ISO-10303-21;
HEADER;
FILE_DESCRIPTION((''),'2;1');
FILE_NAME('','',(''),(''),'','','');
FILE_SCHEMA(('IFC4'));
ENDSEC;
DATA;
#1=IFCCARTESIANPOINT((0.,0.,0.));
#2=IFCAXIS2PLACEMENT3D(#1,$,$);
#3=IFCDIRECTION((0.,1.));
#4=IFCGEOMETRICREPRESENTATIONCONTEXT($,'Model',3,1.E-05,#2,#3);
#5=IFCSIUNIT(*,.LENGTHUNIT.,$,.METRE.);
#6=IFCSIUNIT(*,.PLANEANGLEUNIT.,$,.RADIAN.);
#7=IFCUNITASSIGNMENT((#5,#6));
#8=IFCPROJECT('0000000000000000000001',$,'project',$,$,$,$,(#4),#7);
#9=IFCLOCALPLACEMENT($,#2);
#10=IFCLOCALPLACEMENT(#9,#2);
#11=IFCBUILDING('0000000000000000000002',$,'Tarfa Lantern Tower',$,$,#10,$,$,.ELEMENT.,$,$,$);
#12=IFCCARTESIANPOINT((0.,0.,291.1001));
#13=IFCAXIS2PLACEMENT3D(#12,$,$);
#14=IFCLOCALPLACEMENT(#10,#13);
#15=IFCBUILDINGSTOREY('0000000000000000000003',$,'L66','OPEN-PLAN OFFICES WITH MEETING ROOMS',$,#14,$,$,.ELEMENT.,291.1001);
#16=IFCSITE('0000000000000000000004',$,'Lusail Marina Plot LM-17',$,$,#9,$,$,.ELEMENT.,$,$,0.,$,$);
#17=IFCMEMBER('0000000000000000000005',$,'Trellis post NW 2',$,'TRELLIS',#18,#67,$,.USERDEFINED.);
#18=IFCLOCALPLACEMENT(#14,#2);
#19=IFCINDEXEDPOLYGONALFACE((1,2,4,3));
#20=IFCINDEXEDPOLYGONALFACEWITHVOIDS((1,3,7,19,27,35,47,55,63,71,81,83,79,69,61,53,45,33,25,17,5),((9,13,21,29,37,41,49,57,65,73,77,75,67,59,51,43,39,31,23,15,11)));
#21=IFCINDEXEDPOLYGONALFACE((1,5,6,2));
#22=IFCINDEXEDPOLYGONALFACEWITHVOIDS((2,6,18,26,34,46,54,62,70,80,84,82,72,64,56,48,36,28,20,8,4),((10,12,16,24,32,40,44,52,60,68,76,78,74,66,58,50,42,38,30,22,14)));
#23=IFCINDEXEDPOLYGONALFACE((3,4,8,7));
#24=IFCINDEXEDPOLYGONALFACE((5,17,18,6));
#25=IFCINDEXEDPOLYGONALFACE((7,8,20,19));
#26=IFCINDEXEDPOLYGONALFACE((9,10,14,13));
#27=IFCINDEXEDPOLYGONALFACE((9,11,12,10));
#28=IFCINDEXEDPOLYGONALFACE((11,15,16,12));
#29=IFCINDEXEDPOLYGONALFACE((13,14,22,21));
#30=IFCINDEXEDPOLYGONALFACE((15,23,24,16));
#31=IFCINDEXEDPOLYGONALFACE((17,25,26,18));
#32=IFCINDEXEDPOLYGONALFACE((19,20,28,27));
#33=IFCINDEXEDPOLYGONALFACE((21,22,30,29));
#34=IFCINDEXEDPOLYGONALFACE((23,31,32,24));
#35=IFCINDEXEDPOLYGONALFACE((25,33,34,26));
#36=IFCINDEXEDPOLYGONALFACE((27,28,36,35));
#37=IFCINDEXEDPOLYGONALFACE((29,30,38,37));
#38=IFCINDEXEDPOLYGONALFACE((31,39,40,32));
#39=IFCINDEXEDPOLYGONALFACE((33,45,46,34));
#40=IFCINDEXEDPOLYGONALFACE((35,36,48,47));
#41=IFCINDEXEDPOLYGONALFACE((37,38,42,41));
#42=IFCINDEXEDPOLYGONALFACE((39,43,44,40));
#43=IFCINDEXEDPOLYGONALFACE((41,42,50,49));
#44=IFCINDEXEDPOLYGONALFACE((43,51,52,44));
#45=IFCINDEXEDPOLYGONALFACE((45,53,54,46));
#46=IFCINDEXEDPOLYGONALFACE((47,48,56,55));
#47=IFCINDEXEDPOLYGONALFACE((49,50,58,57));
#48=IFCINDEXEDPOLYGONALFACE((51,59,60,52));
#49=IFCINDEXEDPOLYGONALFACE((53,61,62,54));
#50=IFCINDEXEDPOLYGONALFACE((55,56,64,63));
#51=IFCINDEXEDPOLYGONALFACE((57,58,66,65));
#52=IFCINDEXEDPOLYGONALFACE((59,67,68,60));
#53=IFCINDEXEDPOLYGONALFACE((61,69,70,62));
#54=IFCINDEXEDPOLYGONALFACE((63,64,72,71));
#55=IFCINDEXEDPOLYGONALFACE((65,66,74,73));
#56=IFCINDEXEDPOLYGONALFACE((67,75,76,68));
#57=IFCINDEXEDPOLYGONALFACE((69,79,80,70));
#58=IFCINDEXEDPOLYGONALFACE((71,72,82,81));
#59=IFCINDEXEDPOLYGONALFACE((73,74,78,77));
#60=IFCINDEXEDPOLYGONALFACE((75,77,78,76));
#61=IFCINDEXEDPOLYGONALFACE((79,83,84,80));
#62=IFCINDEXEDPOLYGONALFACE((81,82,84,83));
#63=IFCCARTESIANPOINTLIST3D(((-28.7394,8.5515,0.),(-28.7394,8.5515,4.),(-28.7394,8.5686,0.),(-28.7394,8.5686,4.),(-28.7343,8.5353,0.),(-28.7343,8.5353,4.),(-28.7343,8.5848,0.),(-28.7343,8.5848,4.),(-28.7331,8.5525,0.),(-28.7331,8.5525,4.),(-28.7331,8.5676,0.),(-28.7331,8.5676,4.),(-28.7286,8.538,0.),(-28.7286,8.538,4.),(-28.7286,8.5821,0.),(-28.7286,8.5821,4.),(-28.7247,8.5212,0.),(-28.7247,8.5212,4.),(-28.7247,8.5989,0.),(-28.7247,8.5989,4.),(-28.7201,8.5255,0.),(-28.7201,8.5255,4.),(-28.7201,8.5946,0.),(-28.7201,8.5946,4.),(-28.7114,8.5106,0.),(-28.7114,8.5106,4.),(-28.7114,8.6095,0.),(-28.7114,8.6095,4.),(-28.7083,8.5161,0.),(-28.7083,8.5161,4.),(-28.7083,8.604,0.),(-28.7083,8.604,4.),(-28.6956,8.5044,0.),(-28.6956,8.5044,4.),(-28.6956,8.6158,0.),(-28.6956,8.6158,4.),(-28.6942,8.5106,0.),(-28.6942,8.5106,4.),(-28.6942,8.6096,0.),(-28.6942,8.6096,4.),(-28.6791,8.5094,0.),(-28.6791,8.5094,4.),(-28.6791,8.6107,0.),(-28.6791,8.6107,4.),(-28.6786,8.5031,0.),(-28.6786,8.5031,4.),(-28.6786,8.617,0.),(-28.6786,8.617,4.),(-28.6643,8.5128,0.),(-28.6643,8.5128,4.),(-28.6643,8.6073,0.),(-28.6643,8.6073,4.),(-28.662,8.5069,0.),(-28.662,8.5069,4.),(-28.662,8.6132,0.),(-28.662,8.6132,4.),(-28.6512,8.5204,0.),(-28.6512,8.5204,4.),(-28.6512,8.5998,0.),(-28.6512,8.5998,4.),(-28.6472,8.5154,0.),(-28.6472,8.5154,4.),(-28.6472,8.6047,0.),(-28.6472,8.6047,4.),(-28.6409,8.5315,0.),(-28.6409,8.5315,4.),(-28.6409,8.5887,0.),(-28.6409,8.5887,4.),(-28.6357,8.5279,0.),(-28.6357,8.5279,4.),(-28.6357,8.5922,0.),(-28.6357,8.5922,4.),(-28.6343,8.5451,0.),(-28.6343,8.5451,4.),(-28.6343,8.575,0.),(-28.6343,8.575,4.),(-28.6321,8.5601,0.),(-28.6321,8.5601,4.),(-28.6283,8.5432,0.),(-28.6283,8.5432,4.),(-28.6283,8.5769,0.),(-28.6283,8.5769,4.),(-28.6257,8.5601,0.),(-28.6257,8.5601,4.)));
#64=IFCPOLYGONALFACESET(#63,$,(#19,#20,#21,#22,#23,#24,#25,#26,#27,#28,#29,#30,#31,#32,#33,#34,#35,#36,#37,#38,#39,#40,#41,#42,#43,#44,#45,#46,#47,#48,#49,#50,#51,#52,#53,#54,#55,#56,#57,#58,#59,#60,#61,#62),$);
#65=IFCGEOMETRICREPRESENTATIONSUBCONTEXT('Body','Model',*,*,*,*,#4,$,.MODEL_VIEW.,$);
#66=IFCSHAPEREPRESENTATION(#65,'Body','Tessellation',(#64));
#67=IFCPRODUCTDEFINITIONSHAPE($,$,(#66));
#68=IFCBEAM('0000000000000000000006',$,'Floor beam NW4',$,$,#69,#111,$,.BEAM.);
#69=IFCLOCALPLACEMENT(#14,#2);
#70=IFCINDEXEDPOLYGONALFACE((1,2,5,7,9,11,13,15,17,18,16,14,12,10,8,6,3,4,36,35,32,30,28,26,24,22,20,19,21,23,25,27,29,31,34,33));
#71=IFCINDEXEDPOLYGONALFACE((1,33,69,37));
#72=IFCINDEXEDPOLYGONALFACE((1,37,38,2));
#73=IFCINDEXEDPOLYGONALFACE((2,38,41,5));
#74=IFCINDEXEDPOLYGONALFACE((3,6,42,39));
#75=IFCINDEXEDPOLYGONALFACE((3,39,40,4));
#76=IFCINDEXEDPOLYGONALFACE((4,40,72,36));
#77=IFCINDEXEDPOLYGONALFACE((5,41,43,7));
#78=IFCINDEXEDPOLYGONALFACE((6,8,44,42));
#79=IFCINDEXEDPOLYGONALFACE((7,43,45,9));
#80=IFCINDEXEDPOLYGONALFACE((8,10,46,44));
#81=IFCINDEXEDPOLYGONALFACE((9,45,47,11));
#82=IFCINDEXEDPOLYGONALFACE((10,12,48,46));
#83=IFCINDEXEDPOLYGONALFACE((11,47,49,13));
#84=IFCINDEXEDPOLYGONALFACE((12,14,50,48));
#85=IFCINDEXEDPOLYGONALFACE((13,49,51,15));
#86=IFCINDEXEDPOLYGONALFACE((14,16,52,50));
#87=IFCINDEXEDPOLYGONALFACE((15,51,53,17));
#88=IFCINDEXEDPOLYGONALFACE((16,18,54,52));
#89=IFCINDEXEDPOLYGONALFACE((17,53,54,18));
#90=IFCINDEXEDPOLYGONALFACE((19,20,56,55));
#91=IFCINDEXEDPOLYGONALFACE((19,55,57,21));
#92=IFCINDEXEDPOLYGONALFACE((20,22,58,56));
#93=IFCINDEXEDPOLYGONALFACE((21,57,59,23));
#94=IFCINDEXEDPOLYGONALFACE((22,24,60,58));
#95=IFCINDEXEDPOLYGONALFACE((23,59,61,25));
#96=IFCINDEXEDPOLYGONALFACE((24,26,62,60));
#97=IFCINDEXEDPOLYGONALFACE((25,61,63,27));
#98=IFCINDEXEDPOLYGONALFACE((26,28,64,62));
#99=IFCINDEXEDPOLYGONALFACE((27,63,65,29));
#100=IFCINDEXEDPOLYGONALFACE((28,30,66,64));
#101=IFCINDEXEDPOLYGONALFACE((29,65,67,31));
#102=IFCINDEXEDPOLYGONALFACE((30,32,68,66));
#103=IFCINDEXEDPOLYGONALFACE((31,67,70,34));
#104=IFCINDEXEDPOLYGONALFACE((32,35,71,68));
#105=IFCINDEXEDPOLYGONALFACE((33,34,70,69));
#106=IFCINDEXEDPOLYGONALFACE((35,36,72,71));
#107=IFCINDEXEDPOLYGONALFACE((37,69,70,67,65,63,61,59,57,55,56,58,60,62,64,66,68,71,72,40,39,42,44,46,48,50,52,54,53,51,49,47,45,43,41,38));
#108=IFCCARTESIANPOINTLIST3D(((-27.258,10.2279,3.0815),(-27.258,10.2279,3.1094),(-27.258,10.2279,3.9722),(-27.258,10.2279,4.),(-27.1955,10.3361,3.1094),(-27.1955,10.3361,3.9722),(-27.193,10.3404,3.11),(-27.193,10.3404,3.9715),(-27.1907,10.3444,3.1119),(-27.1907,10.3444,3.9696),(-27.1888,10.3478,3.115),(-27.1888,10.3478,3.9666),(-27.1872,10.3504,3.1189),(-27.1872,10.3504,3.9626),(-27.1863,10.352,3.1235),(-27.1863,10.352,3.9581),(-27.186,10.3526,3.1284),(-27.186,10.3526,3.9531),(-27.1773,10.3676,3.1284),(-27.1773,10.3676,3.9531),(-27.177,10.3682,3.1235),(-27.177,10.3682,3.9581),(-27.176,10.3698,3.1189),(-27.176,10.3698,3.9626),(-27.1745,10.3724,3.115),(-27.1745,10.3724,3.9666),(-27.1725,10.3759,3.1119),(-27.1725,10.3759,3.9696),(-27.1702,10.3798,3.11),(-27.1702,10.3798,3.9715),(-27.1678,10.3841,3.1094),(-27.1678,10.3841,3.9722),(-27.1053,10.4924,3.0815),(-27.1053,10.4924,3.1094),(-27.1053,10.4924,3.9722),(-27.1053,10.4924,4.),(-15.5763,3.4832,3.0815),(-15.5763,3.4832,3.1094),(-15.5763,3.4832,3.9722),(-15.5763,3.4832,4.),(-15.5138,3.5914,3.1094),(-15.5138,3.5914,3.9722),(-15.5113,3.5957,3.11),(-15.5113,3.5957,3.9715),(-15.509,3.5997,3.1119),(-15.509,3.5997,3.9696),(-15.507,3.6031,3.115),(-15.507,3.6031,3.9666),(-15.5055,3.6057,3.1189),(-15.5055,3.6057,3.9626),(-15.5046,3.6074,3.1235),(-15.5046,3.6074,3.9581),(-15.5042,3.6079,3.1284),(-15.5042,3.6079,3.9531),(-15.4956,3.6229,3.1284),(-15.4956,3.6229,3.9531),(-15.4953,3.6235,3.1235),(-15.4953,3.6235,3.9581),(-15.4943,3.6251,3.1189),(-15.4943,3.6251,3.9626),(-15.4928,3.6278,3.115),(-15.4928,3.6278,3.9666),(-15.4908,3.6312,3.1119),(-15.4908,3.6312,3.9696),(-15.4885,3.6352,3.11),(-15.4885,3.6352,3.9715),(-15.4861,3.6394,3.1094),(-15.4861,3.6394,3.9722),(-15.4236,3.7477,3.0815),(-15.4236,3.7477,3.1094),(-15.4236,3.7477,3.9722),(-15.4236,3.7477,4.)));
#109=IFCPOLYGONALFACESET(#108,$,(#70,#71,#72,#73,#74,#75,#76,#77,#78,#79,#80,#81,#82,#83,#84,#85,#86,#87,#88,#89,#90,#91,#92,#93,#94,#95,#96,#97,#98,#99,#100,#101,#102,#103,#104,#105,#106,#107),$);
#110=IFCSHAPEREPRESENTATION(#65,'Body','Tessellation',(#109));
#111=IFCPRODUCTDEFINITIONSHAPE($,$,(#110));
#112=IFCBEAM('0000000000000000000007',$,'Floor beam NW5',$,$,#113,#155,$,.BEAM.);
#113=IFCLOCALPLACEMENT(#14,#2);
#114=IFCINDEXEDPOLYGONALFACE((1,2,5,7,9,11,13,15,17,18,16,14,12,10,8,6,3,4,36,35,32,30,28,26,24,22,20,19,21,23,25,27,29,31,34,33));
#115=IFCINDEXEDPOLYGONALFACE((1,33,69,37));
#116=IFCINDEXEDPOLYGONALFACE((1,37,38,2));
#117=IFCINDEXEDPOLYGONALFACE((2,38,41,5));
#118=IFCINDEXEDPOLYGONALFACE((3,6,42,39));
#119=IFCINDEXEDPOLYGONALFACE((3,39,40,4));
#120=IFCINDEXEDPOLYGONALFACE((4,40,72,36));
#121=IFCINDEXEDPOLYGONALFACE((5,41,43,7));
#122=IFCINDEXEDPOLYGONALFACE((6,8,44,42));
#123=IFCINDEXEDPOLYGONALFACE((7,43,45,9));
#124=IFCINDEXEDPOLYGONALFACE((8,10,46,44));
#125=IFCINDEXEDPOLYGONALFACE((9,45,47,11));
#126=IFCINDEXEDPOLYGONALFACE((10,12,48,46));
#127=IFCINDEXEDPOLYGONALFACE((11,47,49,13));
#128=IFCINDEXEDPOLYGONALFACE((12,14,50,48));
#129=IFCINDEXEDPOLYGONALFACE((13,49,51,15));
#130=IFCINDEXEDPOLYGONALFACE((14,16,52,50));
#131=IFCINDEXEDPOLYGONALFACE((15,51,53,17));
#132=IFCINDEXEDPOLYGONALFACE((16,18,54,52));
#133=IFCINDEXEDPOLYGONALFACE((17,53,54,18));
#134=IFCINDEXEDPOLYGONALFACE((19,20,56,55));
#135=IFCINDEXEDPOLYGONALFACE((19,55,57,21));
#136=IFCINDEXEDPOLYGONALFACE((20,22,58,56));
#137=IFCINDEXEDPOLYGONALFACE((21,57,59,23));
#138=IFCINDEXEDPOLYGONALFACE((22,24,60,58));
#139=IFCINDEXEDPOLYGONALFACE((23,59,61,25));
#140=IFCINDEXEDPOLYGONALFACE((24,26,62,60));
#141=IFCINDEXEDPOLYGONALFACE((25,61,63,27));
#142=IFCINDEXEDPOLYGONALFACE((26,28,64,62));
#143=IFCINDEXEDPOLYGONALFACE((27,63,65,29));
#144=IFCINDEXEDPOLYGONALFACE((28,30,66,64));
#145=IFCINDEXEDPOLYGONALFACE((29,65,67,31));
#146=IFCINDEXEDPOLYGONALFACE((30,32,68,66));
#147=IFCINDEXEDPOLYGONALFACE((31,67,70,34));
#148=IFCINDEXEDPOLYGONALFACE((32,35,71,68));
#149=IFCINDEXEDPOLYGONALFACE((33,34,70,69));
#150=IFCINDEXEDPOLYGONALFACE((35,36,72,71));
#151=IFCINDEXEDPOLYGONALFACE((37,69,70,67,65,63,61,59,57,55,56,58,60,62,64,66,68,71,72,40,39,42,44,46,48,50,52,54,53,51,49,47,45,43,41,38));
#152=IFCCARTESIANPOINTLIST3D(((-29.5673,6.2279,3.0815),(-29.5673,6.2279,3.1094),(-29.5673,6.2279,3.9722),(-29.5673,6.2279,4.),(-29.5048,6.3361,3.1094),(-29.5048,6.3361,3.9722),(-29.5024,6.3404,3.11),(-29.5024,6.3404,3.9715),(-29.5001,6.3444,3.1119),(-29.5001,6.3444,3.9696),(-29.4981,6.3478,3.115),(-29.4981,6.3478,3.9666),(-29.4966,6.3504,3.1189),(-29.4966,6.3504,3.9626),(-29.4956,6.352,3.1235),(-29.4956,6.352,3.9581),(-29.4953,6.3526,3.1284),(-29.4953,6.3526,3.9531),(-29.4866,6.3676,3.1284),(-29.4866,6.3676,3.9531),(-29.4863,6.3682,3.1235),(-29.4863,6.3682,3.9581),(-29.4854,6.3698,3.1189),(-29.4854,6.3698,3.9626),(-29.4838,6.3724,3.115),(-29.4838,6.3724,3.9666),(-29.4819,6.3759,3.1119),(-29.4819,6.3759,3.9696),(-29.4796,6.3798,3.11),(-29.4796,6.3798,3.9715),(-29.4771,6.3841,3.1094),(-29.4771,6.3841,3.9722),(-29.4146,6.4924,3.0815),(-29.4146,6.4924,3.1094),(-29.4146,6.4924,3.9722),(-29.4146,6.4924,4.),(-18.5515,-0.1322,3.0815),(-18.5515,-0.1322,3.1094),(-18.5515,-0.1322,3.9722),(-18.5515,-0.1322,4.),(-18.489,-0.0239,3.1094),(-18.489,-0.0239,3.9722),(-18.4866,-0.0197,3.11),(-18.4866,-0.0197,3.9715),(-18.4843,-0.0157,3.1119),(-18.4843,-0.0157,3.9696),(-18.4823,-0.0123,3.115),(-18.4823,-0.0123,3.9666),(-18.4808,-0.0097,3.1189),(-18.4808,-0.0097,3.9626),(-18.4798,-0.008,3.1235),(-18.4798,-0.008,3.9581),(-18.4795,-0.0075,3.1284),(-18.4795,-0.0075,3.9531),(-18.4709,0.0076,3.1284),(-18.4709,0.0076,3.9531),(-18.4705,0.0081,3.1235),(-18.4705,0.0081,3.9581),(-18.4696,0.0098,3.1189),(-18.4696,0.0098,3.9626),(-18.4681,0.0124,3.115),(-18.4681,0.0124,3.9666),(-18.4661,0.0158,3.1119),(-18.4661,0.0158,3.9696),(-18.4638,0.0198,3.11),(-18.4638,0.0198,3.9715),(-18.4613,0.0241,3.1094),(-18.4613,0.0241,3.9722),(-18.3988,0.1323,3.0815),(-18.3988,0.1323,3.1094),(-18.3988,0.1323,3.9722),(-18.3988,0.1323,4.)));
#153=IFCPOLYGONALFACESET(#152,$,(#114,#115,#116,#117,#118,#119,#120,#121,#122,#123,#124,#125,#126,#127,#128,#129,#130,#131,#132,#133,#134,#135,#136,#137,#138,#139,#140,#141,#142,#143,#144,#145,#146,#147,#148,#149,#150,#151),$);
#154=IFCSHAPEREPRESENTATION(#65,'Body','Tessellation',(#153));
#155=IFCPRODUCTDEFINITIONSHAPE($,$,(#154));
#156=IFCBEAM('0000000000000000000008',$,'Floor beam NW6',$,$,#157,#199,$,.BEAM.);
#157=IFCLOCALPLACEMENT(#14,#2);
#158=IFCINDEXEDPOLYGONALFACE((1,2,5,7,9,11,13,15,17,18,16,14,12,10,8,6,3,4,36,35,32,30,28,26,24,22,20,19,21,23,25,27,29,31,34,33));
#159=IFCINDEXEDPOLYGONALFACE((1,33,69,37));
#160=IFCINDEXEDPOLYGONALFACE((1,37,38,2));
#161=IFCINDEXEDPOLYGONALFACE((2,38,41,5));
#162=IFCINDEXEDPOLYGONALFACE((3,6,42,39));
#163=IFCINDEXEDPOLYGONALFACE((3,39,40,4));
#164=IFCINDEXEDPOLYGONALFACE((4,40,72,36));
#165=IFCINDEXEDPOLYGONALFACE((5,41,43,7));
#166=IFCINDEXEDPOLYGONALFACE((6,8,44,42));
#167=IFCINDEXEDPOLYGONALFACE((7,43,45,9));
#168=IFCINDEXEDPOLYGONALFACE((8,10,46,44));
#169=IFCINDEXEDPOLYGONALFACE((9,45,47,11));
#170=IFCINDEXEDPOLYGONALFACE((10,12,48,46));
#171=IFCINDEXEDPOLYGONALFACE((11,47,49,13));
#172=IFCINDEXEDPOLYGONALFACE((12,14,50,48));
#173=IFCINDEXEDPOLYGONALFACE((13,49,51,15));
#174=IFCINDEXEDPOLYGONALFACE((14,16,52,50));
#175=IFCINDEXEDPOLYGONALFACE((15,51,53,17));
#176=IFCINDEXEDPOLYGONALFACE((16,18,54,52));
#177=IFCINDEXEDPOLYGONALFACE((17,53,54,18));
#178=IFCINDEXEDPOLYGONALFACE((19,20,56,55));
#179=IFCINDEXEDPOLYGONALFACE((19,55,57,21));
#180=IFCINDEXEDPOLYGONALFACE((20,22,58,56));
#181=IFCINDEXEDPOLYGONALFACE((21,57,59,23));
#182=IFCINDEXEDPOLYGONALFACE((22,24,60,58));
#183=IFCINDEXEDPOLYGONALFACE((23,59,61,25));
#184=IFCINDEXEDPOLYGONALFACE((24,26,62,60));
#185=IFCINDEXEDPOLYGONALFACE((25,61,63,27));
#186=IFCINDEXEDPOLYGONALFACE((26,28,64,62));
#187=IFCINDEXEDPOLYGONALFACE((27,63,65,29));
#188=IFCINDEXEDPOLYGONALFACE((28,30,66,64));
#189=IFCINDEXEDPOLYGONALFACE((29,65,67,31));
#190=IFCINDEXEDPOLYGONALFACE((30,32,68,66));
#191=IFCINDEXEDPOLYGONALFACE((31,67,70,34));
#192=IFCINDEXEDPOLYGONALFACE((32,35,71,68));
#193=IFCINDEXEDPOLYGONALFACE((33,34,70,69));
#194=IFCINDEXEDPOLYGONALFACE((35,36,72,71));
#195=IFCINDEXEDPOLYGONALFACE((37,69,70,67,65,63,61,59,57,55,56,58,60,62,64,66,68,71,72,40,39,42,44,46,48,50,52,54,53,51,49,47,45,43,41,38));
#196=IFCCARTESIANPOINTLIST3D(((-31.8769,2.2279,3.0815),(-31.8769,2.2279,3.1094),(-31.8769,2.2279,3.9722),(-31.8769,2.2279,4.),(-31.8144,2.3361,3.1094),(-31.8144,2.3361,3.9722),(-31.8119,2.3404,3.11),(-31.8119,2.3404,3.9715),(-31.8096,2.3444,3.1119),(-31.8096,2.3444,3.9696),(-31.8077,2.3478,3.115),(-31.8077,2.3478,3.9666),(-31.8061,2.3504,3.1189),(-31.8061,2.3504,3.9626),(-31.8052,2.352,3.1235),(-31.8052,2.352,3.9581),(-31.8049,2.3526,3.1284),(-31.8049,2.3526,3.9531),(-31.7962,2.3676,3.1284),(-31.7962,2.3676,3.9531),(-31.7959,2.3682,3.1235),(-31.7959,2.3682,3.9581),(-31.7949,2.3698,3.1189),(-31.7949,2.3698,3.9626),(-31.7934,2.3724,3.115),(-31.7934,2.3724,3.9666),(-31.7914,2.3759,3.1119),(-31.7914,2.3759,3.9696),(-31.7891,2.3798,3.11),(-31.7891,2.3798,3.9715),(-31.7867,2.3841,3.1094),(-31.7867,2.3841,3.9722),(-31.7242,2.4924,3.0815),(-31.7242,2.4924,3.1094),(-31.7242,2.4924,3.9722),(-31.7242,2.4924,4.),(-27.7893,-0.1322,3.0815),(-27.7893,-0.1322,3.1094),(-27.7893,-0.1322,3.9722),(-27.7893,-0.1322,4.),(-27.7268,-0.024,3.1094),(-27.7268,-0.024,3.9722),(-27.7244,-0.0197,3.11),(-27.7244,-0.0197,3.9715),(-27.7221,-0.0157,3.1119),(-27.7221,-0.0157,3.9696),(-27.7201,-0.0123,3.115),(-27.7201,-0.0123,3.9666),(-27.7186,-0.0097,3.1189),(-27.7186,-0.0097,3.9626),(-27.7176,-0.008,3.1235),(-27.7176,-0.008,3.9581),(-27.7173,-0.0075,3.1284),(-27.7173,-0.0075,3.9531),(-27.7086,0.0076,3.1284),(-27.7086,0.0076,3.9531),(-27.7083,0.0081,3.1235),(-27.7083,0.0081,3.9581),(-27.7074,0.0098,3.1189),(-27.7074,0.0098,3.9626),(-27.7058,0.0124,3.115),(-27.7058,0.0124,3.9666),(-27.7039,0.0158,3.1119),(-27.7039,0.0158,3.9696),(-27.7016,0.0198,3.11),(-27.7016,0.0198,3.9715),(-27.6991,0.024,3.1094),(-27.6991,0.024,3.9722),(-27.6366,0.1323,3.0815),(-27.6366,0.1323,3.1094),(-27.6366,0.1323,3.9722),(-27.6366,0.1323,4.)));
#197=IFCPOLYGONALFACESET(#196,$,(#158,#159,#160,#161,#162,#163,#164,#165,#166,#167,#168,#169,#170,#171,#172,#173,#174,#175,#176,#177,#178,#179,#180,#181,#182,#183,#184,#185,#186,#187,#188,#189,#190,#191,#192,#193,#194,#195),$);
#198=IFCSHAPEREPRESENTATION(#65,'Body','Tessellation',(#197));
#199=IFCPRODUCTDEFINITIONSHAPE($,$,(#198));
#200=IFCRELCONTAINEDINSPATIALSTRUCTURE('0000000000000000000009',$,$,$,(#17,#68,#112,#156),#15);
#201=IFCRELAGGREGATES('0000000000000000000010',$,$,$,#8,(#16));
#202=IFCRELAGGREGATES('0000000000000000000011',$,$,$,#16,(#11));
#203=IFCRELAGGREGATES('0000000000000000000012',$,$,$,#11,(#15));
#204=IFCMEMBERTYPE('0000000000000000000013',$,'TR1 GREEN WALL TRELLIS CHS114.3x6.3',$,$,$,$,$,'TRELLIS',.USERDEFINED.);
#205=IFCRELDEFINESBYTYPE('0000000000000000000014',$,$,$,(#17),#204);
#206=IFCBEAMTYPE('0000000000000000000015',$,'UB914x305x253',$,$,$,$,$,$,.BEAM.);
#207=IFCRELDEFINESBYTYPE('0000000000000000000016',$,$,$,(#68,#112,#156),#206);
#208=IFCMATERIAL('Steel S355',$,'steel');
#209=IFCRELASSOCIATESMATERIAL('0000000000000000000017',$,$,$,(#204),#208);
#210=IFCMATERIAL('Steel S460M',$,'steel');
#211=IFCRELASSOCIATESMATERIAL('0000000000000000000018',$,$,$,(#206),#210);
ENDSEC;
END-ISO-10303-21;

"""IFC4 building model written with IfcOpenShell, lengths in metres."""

from ifc_helpers import new_model, si_unit, direction, frame, origin, origin_2d, place, context, subcontext, project, spatial, hollow_circle, i_section, extrude, material, material_profile, profile_set, type_object, element, save


model = new_model("IFC4")

# Units and contexts
model_context = context("Model", 3, precision=1e-05, world=origin(), true_north=direction((0.0, 1.0)))
body_context = subcontext(model_context, "Body", "Model", "MODEL_VIEW")
ifc_project = project(units=[si_unit("LENGTHUNIT", "METRE"), si_unit("PLANEANGLEUNIT", "RADIAN")], contexts=[model_context])

# Site, building, storey
site_placement = place(None, origin())
site = spatial("IfcSite", under=ifc_project, at=site_placement, Name="Lusail Marina Plot LM-17", CompositionType="ELEMENT", RefElevation=0.0)
building_placement = place(site_placement, origin())
building = spatial("IfcBuilding", under=site, at=building_placement, Name="Tarfa Lantern Tower", CompositionType="ELEMENT")
storey_placement = place(building_placement, frame((0.0, 0.0, 291.1001)))
storey = spatial("IfcBuildingStorey", under=building, at=storey_placement, Name="L66", Description="OPEN-PLAN OFFICES WITH MEETING ROOMS", CompositionType="ELEMENT", Elevation=291.1001)

# Member
ifc_material_1 = material(Name="Steel S355", Category="steel")
ifc_material_profile_1 = material_profile(ifc_material_1, hollow_circle(Radius=0.0571, WallThickness=0.0063, at=origin_2d()), Name="CHS114.3x6.3")
ifc_profile_set_1 = profile_set([ifc_material_profile_1], Name="Steel S355")
member_type_1 = type_object("IfcMemberType", Name="TR1 GREEN WALL TRELLIS CHS114.3x6.3", ElementType="TRELLIS", PredefinedType="USERDEFINED", material=ifc_profile_set_1)
member_1_placement = place(storey_placement, frame((-28.6829, 8.5601, 0.0), z_axis=(0.0, 0.0, 1.0), x_axis=(1.0, 0.0, 0.0)))
element("IfcMember", 1, at=member_1_placement, inside=storey, type_object=member_type_1, Name="Trellis post NW 2", ObjectType="TRELLIS", PredefinedType="USERDEFINED", context=body_context, shape_type="SweptSolid", body=[
    extrude(hollow_circle(Radius=0.0571, WallThickness=0.0063, at=origin_2d()), origin(), (0.0, 0.0, 1.0), 4.0),
])

# Beams
ifc_material_2 = material(Name="Steel S460M", Category="steel")
ifc_material_profile_2 = material_profile(ifc_material_2, i_section(OverallWidth=0.3054, OverallDepth=0.9185, WebThickness=0.0173, FlangeThickness=0.0278, FilletRadius=0.019, at=origin_2d()), Name="UB914x305x253")
ifc_profile_set_2 = profile_set([ifc_material_profile_2], Name="Steel S460M")
beam_type_1 = type_object("IfcBeamType", Name="UB914x305x253", PredefinedType="BEAM", material=ifc_profile_set_2)
beam_1_placement = place(storey_placement, frame((-27.1816, 10.3601, 3.5408), z_axis=(0.866018, -0.500013, 0.0), x_axis=(0.500013, 0.866018, 0.0)))
element("IfcBeam", 2, at=beam_1_placement, inside=storey, type_object=beam_type_1, Name="Floor beam NW4", PredefinedType="BEAM", context=body_context, shape_type="SweptSolid", body=[
    extrude(i_section(OverallWidth=0.3054, OverallDepth=0.9185, WebThickness=0.0173, FlangeThickness=0.0278, FilletRadius=0.019, at=origin_2d()), origin(), (0.0, 0.0, 1.0), 13.489),
])
beam_2_placement = place(storey_placement, frame((-29.491, 6.3601, 3.5408), z_axis=(0.866022, -0.500005, 0.0), x_axis=(0.500005, 0.866022, 0.0)))
element("IfcBeam", 3, at=beam_2_placement, inside=storey, type_object=beam_type_1, Name="Floor beam NW5", PredefinedType="BEAM", context=body_context, shape_type="SweptSolid", body=[
    extrude(i_section(OverallWidth=0.3054, OverallDepth=0.9185, WebThickness=0.0173, FlangeThickness=0.0278, FilletRadius=0.019, at=origin_2d()), origin(), (0.0, 0.0, 1.0), 12.72),
])
beam_3_placement = place(storey_placement, frame((-31.8005, 2.3601, 3.5408), z_axis=(0.866016, -0.500016, 0.0), x_axis=(0.500016, 0.866016, 0.0)))
element("IfcBeam", 4, at=beam_3_placement, inside=storey, type_object=beam_type_1, Name="Floor beam NW6", PredefinedType="BEAM", context=body_context, shape_type="SweptSolid", body=[
    extrude(i_section(OverallWidth=0.3054, OverallDepth=0.9185, WebThickness=0.0173, FlangeThickness=0.0278, FilletRadius=0.019, at=origin_2d()), origin(), (0.0, 0.0, 1.0), 4.72),
])

save(model, "model.ifc")
